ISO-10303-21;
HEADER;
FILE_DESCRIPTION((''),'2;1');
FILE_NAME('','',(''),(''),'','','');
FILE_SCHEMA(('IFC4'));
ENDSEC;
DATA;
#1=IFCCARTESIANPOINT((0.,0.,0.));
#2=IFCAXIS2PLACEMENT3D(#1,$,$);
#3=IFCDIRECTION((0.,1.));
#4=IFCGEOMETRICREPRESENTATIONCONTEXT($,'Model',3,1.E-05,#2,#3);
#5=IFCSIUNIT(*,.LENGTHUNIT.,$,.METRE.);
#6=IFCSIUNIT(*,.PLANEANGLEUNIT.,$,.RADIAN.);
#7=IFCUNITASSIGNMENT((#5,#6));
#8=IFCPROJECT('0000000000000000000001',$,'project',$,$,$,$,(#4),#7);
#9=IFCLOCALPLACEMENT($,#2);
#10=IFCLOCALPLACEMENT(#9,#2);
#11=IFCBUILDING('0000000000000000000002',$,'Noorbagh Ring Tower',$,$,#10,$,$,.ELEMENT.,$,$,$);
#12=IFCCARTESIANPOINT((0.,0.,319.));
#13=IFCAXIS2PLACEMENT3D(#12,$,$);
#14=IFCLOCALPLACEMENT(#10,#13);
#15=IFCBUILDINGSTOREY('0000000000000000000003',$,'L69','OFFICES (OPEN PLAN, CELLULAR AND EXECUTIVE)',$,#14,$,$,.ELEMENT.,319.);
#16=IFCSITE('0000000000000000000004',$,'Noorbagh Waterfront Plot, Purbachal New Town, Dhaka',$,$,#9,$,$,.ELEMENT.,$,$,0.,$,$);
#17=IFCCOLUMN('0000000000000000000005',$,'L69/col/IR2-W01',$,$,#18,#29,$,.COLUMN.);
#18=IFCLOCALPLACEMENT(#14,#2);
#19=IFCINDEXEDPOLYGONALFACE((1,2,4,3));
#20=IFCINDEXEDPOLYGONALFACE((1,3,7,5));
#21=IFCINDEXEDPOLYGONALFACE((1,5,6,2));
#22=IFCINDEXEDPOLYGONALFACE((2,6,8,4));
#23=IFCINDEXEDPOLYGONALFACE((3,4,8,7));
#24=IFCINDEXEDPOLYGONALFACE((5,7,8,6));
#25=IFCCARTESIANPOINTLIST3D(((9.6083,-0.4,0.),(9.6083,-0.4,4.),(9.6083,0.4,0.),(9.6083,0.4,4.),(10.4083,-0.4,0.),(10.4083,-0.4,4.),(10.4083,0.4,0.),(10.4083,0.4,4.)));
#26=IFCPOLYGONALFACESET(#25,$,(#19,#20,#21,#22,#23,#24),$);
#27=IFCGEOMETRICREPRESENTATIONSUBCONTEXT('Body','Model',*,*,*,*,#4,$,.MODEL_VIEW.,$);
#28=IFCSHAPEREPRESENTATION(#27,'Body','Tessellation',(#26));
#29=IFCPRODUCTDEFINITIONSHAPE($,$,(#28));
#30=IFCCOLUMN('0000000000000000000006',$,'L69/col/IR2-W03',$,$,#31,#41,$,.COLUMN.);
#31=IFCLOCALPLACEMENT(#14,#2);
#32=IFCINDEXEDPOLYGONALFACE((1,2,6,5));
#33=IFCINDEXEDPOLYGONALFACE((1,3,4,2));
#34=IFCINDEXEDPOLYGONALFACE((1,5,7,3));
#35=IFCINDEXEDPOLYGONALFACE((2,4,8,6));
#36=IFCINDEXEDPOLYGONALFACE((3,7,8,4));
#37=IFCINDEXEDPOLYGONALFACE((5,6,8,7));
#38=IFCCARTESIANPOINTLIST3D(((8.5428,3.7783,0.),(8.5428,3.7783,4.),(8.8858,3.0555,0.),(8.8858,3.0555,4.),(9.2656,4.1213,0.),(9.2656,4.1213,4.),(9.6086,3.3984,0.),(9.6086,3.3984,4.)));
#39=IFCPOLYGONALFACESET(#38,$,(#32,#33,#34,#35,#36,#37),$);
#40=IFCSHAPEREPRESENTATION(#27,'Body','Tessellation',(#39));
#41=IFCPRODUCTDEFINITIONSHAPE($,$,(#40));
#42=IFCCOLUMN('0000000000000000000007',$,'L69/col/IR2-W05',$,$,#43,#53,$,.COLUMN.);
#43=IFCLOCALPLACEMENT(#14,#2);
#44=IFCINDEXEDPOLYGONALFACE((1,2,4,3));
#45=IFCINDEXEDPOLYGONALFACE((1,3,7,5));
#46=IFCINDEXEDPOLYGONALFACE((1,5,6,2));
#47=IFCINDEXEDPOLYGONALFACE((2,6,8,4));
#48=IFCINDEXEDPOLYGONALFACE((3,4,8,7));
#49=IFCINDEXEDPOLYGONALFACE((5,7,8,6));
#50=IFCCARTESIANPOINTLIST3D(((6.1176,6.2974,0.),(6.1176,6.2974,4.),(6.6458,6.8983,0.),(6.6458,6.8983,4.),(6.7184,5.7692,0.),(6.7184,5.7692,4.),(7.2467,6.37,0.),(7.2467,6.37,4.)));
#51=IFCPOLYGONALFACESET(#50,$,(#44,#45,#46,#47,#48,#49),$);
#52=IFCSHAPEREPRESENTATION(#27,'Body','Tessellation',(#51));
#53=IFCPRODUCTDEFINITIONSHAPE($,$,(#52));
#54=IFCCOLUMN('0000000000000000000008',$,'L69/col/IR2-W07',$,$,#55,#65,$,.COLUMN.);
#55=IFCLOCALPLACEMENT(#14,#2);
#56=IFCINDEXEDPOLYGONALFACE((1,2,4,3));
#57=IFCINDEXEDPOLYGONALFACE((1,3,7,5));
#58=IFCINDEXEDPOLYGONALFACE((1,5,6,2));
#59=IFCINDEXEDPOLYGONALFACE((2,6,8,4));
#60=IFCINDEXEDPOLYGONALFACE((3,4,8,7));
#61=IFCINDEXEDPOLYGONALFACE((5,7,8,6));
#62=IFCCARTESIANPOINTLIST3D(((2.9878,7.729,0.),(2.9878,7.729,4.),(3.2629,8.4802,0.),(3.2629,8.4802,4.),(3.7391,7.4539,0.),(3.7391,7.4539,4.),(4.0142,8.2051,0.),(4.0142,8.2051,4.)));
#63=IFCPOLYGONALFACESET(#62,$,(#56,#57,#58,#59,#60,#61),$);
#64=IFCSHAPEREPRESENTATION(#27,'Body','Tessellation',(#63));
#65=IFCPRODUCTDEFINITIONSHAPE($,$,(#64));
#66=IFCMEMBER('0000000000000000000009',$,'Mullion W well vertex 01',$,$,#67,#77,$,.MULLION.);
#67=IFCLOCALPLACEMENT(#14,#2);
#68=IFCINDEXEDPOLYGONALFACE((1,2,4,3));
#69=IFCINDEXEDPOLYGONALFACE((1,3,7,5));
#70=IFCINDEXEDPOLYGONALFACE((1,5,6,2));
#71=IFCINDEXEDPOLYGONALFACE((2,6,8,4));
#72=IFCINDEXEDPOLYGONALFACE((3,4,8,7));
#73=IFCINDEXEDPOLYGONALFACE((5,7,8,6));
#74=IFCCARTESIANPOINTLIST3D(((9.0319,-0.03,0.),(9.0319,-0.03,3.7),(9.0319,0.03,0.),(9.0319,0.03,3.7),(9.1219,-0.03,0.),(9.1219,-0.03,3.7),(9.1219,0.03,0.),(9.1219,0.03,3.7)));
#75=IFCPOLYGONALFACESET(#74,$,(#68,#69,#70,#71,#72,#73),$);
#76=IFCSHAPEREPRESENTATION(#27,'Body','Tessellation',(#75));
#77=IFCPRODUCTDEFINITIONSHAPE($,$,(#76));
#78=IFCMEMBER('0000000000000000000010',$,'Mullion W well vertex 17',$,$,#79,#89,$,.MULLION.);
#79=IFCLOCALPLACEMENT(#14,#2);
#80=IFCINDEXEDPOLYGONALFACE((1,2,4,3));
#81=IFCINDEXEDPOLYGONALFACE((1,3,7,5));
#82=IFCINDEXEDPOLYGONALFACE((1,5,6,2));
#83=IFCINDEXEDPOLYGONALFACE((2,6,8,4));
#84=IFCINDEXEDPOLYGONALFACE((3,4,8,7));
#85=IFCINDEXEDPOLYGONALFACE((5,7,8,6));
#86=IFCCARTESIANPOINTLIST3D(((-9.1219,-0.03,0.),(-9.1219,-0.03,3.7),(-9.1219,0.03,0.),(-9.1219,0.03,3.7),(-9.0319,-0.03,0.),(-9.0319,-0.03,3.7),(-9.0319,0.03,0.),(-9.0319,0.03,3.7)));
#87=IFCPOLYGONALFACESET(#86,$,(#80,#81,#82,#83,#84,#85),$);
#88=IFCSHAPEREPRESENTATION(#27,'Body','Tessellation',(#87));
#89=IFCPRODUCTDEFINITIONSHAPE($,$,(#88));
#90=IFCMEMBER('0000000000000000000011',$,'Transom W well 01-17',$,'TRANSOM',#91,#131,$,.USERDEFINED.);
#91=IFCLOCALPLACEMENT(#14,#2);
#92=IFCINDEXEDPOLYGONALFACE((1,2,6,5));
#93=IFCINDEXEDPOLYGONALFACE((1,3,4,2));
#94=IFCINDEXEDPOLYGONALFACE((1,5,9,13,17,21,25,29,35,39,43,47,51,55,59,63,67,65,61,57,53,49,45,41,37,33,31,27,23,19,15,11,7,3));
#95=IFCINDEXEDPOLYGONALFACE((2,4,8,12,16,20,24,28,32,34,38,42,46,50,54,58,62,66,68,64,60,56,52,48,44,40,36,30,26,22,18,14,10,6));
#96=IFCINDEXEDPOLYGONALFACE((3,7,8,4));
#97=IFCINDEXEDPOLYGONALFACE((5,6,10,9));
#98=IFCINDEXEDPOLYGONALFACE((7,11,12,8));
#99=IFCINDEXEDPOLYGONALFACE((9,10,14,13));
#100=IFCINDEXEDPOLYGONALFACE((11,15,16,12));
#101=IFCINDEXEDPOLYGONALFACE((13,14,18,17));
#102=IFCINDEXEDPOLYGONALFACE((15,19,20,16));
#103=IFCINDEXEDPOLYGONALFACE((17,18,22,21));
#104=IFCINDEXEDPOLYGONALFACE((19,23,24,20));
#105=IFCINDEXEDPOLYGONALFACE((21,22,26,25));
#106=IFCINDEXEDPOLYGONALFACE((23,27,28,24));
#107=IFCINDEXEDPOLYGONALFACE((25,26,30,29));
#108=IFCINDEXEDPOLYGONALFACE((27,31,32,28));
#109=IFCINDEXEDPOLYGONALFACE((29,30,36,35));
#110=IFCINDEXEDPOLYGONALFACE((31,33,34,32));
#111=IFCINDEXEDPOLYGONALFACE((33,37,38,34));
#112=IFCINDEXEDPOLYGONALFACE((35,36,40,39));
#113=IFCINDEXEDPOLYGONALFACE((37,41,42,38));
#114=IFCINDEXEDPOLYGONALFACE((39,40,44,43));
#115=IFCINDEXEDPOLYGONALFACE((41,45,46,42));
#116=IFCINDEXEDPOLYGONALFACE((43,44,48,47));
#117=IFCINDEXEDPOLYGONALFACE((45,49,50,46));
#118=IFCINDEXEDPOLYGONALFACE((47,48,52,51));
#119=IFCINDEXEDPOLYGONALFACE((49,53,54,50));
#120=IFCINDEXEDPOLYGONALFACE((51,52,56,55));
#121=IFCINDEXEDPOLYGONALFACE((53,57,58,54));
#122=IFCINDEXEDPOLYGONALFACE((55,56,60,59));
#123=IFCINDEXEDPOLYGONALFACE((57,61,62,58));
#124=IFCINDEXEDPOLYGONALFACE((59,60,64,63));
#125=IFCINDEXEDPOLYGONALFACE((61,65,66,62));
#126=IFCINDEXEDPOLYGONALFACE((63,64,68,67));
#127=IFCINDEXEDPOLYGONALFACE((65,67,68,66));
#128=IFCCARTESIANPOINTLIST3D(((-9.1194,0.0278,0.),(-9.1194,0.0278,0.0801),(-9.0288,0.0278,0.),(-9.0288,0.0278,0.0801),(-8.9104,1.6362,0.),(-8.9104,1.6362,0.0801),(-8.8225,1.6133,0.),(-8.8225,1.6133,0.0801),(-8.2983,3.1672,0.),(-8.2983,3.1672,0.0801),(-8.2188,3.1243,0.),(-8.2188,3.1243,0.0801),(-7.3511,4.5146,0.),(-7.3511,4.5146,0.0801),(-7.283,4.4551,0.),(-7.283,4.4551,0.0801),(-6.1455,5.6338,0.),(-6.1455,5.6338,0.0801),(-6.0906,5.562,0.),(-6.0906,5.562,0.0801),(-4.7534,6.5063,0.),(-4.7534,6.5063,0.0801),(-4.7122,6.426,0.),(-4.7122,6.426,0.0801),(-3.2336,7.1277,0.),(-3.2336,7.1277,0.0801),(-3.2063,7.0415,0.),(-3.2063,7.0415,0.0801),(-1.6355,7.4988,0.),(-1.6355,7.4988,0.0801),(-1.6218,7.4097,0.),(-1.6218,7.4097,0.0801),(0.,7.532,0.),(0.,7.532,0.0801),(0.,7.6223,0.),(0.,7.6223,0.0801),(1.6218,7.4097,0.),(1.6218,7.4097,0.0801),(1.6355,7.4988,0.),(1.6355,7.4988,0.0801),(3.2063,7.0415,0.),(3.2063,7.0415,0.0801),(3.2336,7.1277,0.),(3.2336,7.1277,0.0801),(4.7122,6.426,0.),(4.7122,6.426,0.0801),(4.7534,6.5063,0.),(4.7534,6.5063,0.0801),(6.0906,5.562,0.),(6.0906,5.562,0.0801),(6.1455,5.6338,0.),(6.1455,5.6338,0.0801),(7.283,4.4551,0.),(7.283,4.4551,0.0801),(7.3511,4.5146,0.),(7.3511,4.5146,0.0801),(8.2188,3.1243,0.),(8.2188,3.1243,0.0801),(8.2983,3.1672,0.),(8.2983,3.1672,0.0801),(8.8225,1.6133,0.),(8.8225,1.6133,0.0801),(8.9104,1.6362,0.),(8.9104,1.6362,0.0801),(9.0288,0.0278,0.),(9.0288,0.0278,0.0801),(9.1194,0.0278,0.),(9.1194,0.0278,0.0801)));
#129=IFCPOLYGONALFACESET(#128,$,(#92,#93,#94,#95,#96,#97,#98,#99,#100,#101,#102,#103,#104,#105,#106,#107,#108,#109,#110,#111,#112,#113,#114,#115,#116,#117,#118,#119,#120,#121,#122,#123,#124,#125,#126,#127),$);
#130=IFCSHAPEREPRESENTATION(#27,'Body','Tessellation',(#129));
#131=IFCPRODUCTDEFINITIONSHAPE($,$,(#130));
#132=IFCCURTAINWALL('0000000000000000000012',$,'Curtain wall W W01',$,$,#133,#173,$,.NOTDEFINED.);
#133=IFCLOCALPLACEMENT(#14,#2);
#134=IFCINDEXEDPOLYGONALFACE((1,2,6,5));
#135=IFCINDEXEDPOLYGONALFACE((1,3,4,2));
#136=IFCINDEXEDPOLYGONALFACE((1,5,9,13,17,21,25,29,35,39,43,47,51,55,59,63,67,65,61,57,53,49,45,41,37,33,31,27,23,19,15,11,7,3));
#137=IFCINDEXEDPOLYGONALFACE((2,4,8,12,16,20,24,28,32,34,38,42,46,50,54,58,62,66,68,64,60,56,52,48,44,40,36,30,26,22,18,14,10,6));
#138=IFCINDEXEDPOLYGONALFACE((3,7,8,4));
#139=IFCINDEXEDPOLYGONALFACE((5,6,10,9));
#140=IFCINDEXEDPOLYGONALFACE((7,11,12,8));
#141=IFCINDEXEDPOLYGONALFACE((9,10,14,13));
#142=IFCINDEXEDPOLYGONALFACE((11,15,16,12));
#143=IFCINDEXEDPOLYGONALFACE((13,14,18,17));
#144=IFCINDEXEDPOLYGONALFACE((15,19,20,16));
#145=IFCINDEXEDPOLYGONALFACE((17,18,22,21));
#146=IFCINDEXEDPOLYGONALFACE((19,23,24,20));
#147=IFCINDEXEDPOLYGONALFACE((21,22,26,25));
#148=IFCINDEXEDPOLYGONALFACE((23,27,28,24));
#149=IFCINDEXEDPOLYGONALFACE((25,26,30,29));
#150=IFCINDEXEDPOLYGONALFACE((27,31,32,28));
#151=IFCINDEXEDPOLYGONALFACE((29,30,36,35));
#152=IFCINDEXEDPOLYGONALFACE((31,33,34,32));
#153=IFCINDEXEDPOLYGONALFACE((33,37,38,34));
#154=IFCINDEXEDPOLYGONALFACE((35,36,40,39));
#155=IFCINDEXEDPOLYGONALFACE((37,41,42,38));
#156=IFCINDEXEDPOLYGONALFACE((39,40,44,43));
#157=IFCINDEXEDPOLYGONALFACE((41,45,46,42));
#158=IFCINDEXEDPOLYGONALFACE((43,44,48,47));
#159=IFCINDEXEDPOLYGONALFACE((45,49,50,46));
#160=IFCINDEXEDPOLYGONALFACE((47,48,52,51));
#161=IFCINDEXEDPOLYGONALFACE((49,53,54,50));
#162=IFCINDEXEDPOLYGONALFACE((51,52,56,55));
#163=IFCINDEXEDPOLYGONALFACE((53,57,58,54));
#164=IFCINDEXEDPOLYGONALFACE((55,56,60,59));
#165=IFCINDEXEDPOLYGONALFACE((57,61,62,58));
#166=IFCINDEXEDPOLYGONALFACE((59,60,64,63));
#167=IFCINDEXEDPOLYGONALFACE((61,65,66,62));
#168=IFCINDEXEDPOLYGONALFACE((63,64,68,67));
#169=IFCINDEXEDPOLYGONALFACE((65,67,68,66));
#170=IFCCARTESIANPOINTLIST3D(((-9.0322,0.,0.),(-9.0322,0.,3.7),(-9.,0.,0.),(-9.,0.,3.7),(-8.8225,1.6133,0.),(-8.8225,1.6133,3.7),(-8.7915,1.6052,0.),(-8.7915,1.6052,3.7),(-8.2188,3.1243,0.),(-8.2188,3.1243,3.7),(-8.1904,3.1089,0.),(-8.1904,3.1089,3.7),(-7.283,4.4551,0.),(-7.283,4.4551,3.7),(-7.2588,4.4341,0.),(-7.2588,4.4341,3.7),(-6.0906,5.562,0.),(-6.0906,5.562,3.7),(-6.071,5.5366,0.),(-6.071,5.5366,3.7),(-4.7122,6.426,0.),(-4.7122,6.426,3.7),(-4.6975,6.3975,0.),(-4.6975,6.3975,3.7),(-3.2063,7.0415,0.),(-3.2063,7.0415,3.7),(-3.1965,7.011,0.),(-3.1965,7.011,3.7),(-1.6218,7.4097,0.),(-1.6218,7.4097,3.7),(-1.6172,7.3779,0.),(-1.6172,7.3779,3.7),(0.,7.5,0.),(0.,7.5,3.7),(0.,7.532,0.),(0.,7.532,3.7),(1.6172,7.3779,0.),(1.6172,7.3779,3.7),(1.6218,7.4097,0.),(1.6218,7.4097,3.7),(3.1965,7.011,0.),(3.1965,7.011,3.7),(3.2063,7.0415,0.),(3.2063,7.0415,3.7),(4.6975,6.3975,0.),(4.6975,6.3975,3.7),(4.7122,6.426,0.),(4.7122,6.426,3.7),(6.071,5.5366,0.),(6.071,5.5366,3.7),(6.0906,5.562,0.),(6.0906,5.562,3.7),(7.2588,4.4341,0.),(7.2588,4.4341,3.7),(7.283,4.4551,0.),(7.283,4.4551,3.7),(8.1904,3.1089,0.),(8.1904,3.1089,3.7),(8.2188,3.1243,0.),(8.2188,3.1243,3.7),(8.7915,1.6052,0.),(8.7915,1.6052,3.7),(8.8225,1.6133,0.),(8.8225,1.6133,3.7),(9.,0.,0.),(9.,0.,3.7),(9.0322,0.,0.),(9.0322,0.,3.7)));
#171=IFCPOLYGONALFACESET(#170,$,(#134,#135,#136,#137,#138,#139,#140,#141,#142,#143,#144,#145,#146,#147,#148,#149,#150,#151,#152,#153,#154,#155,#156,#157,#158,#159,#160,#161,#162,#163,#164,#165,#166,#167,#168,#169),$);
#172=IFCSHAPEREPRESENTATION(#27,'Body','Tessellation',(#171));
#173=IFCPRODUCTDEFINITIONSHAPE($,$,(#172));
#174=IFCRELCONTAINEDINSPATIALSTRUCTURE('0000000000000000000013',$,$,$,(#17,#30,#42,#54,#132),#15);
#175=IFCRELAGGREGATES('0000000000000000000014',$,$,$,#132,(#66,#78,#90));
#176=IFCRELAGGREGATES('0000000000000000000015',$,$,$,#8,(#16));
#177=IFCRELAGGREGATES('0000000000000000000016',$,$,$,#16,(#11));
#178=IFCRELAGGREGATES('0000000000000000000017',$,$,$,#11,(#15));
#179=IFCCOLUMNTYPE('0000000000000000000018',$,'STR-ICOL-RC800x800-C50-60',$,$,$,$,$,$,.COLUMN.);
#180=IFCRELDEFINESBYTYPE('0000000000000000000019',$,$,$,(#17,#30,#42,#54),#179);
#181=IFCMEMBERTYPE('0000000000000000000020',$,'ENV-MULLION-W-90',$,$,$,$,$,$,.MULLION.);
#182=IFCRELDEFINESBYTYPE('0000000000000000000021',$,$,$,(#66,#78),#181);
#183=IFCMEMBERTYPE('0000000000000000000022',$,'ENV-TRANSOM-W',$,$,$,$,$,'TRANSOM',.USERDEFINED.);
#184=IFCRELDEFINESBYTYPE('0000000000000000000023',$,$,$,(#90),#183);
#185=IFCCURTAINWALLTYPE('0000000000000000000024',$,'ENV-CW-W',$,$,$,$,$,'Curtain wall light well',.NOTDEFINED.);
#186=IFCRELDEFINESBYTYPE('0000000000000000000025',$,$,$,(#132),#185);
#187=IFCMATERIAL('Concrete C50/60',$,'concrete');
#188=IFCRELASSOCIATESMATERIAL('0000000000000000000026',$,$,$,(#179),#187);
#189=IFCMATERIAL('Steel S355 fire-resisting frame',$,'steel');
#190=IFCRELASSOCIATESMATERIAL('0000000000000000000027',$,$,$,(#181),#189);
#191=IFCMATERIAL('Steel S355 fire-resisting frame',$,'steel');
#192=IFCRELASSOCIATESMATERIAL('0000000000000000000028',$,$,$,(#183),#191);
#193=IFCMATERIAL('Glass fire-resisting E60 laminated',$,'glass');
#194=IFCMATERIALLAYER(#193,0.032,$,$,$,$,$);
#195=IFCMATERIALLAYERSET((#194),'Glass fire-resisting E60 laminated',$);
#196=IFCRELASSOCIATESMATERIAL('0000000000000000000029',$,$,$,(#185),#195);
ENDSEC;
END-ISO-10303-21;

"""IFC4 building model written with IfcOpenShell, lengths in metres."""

from ifc_helpers import new_model, si_unit, direction, frame, origin, origin_2d, place, context, subcontext, project, spatial, polyline, rectangle, outline, extrude, material, layer, layer_set, material_profile, profile_set, type_object, element, aggregate, save


model = new_model("IFC4")

# Units and contexts
model_context = context("Model", 3, precision=1e-05, world=origin(), true_north=direction((0.0, 1.0)))
body_context = subcontext(model_context, "Body", "Model", "MODEL_VIEW")
ifc_project = project(units=[si_unit("LENGTHUNIT", "METRE"), si_unit("PLANEANGLEUNIT", "RADIAN")], contexts=[model_context])

# Site, building, storey
site_placement = place(None, origin())
site = spatial("IfcSite", under=ifc_project, at=site_placement, Name="Noorbagh Waterfront Plot, Purbachal New Town, Dhaka", CompositionType="ELEMENT", RefElevation=0.0)
building_placement = place(site_placement, origin())
building = spatial("IfcBuilding", under=site, at=building_placement, Name="Noorbagh Ring Tower", CompositionType="ELEMENT")
storey_placement = place(building_placement, frame((0.0, 0.0, 319.0)))
storey = spatial("IfcBuildingStorey", under=building, at=storey_placement, Name="L69", Description="OFFICES (OPEN PLAN, CELLULAR AND EXECUTIVE)", CompositionType="ELEMENT", Elevation=319.0)

# Columns
ifc_material_1 = material(Name="Concrete C50/60", Category="concrete")
ifc_material_profile_1 = material_profile(ifc_material_1, rectangle(XDim=0.8, YDim=0.8, at=origin_2d()), Name="RC800x800")
ifc_profile_set_1 = profile_set([ifc_material_profile_1], Name="Concrete C50/60")
column_type = type_object("IfcColumnType", Name="STR-ICOL-RC800x800-C50-60", PredefinedType="COLUMN", material=ifc_profile_set_1)
for number, where, z_axis, x_axis, name in (
    (1, (10.0083, 0.0, 0.0), (0.0, 0.0, 1.0), (0.0, 1.0, 0.0), "L69/col/IR2-W01"),
    (2, (9.0757, 3.5884, 0.0), (0.0, 0.0, 1.0), (-0.428667, 0.903463, 0.0), "L69/col/IR2-W03"),
    (3, (6.6821, 6.3337, 0.0), (0.0, 0.0, 1.0), (-0.751022, 0.660277, 0.0), "L69/col/IR2-W05"),
    (4, (3.501, 7.967, 0.0), (0.0, 0.0, 1.0), (-0.93902, 0.343864, 0.0), "L69/col/IR2-W07"),
):
    element("IfcColumn", number, at=place(storey_placement, frame(where, z_axis=z_axis, x_axis=x_axis)), inside=storey, type_object=column_type, Name=name, PredefinedType="COLUMN", context=body_context, shape_type="SweptSolid", body=[
        extrude(rectangle(XDim=0.8, YDim=0.8, at=origin_2d()), origin(), (0.0, 0.0, 1.0), 4.0),
    ])

# Members
ifc_material_2 = material(Name="Steel S355 fire-resisting frame", Category="steel")
ifc_material_profile_2 = material_profile(ifc_material_2, rectangle(XDim=0.0901, YDim=0.0601, at=origin_2d()), Name="90x60")
ifc_profile_set_2 = profile_set([ifc_material_profile_2], Name="Steel S355 fire-resisting frame")
member_type_1 = type_object("IfcMemberType", Name="ENV-MULLION-W-90", PredefinedType="MULLION", material=ifc_profile_set_2)
member_1_placement = place(storey_placement, frame((9.0769, 0.0, 0.0), z_axis=(0.0, 0.0, 1.0), x_axis=(1.0, 0.0, 0.0)))
member_1 = element("IfcMember", 5, at=member_1_placement, type_object=member_type_1, Name="Mullion W well vertex 01", PredefinedType="MULLION", context=body_context, shape_type="SweptSolid", body=[
    extrude(rectangle(XDim=0.0901, YDim=0.0601, at=origin_2d()), origin(), (0.0, 0.0, 1.0), 3.7),
])
member_2_placement = place(storey_placement, frame((-9.0769, 0.0, 0.0), z_axis=(0.0, 0.0, 1.0), x_axis=(-1.0, 0.0, 0.0)))
member_2 = element("IfcMember", 6, at=member_2_placement, type_object=member_type_1, Name="Mullion W well vertex 17", PredefinedType="MULLION", context=body_context, shape_type="SweptSolid", body=[
    extrude(rectangle(XDim=0.0901, YDim=0.0601, at=origin_2d()), origin(), (0.0, 0.0, 1.0), 3.7),
])
ifc_material_3 = material(Name="Steel S355 fire-resisting frame", Category="steel")
member_type_2 = type_object("IfcMemberType", Name="ENV-TRANSOM-W", ElementType="TRANSOM", PredefinedType="USERDEFINED", material=ifc_material_3)
member_3_placement = place(storey_placement, origin())
member_3 = element("IfcMember", 7, at=member_3_placement, type_object=member_type_2, Name="Transom W well 01-17", ObjectType="TRANSOM", PredefinedType="USERDEFINED", context=body_context, shape_type="SweptSolid", body=[
    extrude(outline(polyline([(9.1194, 0.0278), (8.9104, 1.6362), (8.2983, 3.1672), (7.3511, 4.5146), (6.1455, 5.6338), (4.7534, 6.5063), (3.2336, 7.1277), (1.6355, 7.4988), (0.0, 7.6223), (-1.6355, 7.4988), (-3.2336, 7.1277), (-4.7534, 6.5063), (-6.1455, 5.6338), (-7.3511, 4.5146), (-8.2983, 3.1672), (-8.9104, 1.6362), (-9.1194, 0.0278), (-9.0288, 0.0278), (-8.8225, 1.6133), (-8.2188, 3.1243), (-7.283, 4.4551), (-6.0906, 5.562), (-4.7122, 6.426), (-3.2063, 7.0415), (-1.6218, 7.4097), (0.0, 7.532), (1.6218, 7.4097), (3.2063, 7.0415), (4.7122, 6.426), (6.0906, 5.562), (7.283, 4.4551), (8.2188, 3.1243), (8.8225, 1.6133), (9.0288, 0.0278), (9.1194, 0.0278)])), origin(), (0.0, 0.0, 1.0), 0.0801),
])

# Curtain wall
ifc_material_4 = material(Name="Glass fire-resisting E60 laminated", Category="glass")
ifc_layer_1 = layer(ifc_material_4, 0.032)
ifc_layer_set_1 = layer_set([ifc_layer_1], Name="Glass fire-resisting E60 laminated")
curtain_wall_type = type_object("IfcCurtainWallType", Name="ENV-CW-W", ElementType="Curtain wall light well", PredefinedType="NOTDEFINED", material=ifc_layer_set_1)
curtain_wall_1_placement = place(storey_placement, origin())
curtain_wall_1 = element("IfcCurtainWall", 8, at=curtain_wall_1_placement, inside=storey, type_object=curtain_wall_type, Name="Curtain wall W W01", PredefinedType="NOTDEFINED", context=body_context, shape_type="SweptSolid", body=[
    extrude(outline(polyline([(9.0322, 0.0), (8.8225, 1.6133), (8.2188, 3.1243), (7.283, 4.4551), (6.0906, 5.562), (4.7122, 6.426), (3.2063, 7.0415), (1.6218, 7.4097), (0.0, 7.532), (-1.6218, 7.4097), (-3.2063, 7.0415), (-4.7122, 6.426), (-6.0906, 5.562), (-7.283, 4.4551), (-8.2188, 3.1243), (-8.8225, 1.6133), (-9.0322, 0.0), (-9.0, 0.0), (-8.7915, 1.6052), (-8.1904, 3.1089), (-7.2588, 4.4341), (-6.071, 5.5366), (-4.6975, 6.3975), (-3.1965, 7.011), (-1.6172, 7.3779), (0.0, 7.5), (1.6172, 7.3779), (3.1965, 7.011), (4.6975, 6.3975), (6.071, 5.5366), (7.2588, 4.4341), (8.1904, 3.1089), (8.7915, 1.6052), (9.0, 0.0), (9.0322, 0.0)])), origin(), (0.0, 0.0, 1.0), 3.7),
])
aggregate(curtain_wall_1, [member_1, member_2, member_3])

save(model, "model.ifc")
